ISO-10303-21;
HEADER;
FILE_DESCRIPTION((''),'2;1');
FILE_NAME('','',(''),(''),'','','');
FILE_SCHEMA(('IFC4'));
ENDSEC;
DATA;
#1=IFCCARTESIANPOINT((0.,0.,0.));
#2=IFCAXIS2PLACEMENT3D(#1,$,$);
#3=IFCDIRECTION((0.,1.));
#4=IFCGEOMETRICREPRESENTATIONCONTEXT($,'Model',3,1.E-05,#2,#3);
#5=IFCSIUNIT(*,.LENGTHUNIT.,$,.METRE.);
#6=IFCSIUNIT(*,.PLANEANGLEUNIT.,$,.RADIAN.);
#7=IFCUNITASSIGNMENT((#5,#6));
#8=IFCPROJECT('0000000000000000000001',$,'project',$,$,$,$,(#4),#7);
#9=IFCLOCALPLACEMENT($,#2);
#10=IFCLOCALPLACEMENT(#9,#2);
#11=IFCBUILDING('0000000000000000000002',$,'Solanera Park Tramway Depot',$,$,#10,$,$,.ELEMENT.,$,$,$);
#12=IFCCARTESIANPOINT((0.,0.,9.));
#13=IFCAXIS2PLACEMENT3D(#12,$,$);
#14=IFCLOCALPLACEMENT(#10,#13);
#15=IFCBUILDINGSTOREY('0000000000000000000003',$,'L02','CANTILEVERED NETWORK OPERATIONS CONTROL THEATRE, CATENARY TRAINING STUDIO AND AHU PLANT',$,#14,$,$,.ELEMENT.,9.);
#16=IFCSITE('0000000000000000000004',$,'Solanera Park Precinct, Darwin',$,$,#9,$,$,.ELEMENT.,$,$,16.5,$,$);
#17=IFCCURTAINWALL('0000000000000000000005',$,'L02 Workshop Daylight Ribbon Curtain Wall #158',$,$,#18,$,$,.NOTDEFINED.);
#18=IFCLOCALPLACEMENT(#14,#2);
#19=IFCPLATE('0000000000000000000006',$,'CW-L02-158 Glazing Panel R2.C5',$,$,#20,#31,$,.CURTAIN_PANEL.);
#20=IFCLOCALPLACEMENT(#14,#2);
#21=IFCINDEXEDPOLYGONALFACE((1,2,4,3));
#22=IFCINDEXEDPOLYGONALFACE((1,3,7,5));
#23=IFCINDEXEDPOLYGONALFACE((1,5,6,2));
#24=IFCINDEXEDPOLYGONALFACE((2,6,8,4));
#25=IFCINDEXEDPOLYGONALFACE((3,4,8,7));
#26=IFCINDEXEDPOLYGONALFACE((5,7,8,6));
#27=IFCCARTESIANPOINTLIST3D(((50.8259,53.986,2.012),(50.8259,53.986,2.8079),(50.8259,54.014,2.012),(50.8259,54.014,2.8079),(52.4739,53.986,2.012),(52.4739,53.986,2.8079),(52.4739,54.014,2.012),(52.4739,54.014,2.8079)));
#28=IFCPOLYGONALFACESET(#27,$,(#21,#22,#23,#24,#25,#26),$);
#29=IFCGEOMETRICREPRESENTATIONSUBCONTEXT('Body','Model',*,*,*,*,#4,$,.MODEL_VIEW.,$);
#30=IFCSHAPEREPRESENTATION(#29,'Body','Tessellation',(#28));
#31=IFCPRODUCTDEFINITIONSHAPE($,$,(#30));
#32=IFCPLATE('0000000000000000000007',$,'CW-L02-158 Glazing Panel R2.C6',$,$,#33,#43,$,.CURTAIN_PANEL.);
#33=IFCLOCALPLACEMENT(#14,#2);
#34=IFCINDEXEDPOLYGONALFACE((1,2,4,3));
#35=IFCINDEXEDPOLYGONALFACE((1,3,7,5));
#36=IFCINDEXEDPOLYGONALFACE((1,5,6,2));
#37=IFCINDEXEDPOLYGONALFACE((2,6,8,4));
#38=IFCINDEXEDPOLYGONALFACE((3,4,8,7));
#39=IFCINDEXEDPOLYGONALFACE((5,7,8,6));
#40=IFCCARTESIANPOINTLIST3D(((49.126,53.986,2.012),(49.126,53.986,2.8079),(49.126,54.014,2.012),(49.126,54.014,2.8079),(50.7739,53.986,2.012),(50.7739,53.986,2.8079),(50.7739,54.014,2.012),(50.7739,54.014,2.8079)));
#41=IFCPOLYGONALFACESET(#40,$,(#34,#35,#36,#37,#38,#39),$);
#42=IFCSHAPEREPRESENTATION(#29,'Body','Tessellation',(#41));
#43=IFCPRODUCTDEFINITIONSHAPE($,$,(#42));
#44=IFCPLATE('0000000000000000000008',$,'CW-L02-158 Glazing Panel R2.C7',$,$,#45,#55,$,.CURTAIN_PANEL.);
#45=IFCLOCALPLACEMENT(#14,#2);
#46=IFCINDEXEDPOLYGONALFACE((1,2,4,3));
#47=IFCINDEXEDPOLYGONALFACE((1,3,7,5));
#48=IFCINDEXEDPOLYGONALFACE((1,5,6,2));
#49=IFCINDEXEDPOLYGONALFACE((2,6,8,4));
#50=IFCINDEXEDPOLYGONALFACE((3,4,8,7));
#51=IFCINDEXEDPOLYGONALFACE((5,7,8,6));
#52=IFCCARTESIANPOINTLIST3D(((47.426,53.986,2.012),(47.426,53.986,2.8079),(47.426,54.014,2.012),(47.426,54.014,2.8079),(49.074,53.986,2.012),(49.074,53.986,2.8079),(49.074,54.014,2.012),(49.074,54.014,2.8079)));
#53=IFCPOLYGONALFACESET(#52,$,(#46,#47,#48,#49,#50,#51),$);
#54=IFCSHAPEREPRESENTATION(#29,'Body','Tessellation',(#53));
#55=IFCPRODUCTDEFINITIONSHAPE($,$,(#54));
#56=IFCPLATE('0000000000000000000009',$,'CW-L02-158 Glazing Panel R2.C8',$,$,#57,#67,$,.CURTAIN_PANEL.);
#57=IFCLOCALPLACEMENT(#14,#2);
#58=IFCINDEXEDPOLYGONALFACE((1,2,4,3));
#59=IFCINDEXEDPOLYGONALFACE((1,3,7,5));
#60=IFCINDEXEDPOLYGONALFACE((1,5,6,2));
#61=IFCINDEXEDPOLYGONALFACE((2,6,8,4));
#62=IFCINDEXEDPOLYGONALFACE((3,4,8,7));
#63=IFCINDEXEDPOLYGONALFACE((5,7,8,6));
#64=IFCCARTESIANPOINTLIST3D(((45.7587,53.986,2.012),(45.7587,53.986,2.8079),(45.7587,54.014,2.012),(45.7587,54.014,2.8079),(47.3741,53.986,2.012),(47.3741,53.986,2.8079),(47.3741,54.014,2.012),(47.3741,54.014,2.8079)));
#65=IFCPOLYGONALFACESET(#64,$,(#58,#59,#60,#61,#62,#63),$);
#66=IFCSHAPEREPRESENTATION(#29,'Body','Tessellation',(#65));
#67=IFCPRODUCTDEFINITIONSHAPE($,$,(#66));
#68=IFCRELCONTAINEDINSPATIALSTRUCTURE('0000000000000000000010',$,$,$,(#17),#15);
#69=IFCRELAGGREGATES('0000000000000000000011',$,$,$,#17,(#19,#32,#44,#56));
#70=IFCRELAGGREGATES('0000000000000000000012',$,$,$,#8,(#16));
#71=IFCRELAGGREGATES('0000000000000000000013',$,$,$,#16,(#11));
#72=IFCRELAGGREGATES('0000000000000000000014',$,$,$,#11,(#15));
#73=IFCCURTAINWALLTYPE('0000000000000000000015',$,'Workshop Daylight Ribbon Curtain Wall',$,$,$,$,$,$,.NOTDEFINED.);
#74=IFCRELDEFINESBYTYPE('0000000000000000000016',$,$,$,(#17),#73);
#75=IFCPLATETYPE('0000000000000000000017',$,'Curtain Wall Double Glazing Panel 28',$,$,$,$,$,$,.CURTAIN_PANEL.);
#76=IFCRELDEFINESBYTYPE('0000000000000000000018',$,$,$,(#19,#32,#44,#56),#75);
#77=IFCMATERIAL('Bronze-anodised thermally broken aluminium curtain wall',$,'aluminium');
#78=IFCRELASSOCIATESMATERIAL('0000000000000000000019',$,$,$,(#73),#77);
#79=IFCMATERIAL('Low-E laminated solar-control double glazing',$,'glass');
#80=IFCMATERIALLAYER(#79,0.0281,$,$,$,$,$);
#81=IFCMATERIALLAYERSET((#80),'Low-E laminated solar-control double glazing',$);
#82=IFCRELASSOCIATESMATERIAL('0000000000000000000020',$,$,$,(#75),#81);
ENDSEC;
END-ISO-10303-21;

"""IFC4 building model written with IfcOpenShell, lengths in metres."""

from ifc_helpers import new_model, si_unit, direction, frame, origin, origin_2d, place, context, subcontext, project, spatial, rectangle, extrude, material, layer, layer_set, type_object, element, aggregate, save


model = new_model("IFC4")

# Units and contexts
model_context = context("Model", 3, precision=1e-05, world=origin(), true_north=direction((0.0, 1.0)))
body_context = subcontext(model_context, "Body", "Model", "MODEL_VIEW")
ifc_project = project(units=[si_unit("LENGTHUNIT", "METRE"), si_unit("PLANEANGLEUNIT", "RADIAN")], contexts=[model_context])

# Site, building, storey
site_placement = place(None, origin())
site = spatial("IfcSite", under=ifc_project, at=site_placement, Name="Solanera Park Precinct, Darwin", CompositionType="ELEMENT", RefElevation=16.5)
building_placement = place(site_placement, origin())
building = spatial("IfcBuilding", under=site, at=building_placement, Name="Solanera Park Tramway Depot", CompositionType="ELEMENT")
storey_placement = place(building_placement, frame((0.0, 0.0, 9.0)))
storey = spatial("IfcBuildingStorey", under=building, at=storey_placement, Name="L02", Description="CANTILEVERED NETWORK OPERATIONS CONTROL THEATRE, CATENARY TRAINING STUDIO AND AHU PLANT", CompositionType="ELEMENT", Elevation=9.0)

# Shared definitions
ifc_material_1 = material(Name="Bronze-anodised thermally broken aluminium curtain wall", Category="aluminium")
curtain_wall_type = type_object("IfcCurtainWallType", Name="Workshop Daylight Ribbon Curtain Wall", PredefinedType="NOTDEFINED", material=ifc_material_1)

# Curtain wall
curtain_wall_1_placement = place(storey_placement, origin())
curtain_wall_1 = element("IfcCurtainWall", 1, at=curtain_wall_1_placement, inside=storey, type_object=curtain_wall_type, Name="L02 Workshop Daylight Ribbon Curtain Wall #158", PredefinedType="NOTDEFINED")

# Plates
ifc_material_2 = material(Name="Low-E laminated solar-control double glazing", Category="glass")
ifc_layer = layer(ifc_material_2, 0.0281)
ifc_layer_set = layer_set([ifc_layer], Name="Low-E laminated solar-control double glazing")
plate_type = type_object("IfcPlateType", Name="Curtain Wall Double Glazing Panel 28", PredefinedType="CURTAIN_PANEL", material=ifc_layer_set)
plate_1_placement = place(storey_placement, frame((51.6499, 54.0, 2.012), z_axis=(0.0, 0.0, 1.0), x_axis=(-1.0, 0.0, 0.0)))
plate_1 = element("IfcPlate", 2, at=plate_1_placement, type_object=plate_type, Name="CW-L02-158 Glazing Panel R2.C5", PredefinedType="CURTAIN_PANEL", context=body_context, shape_type="SweptSolid", body=[
    extrude(rectangle(XDim=1.6479, YDim=0.0281, at=origin_2d()), origin(), (0.0, 0.0, 1.0), 0.7959),
])
plate_2_placement = place(storey_placement, frame((49.95, 54.0, 2.012), z_axis=(0.0, 0.0, 1.0), x_axis=(-1.0, 0.0, 0.0)))
plate_2 = element("IfcPlate", 3, at=plate_2_placement, type_object=plate_type, Name="CW-L02-158 Glazing Panel R2.C6", PredefinedType="CURTAIN_PANEL", context=body_context, shape_type="SweptSolid", body=[
    extrude(rectangle(XDim=1.6479, YDim=0.0281, at=origin_2d()), origin(), (0.0, 0.0, 1.0), 0.7959),
])
plate_3_placement = place(storey_placement, frame((48.25, 54.0, 2.012), z_axis=(0.0, 0.0, 1.0), x_axis=(-1.0, 0.0, 0.0)))
plate_3 = element("IfcPlate", 4, at=plate_3_placement, type_object=plate_type, Name="CW-L02-158 Glazing Panel R2.C7", PredefinedType="CURTAIN_PANEL", context=body_context, shape_type="SweptSolid", body=[
    extrude(rectangle(XDim=1.6479, YDim=0.0281, at=origin_2d()), origin(), (0.0, 0.0, 1.0), 0.7959),
])
plate_4_placement = place(storey_placement, frame((46.5664, 54.0, 2.012), z_axis=(0.0, 0.0, 1.0), x_axis=(-1.0, 0.0, 0.0)))
plate_4 = element("IfcPlate", 5, at=plate_4_placement, type_object=plate_type, Name="CW-L02-158 Glazing Panel R2.C8", PredefinedType="CURTAIN_PANEL", context=body_context, shape_type="SweptSolid", body=[
    extrude(rectangle(XDim=1.6155, YDim=0.0281, at=origin_2d()), origin(), (0.0, 0.0, 1.0), 0.7959),
])
aggregate(curtain_wall_1, [plate_1, plate_2, plate_3, plate_4])

save(model, "model.ifc")
